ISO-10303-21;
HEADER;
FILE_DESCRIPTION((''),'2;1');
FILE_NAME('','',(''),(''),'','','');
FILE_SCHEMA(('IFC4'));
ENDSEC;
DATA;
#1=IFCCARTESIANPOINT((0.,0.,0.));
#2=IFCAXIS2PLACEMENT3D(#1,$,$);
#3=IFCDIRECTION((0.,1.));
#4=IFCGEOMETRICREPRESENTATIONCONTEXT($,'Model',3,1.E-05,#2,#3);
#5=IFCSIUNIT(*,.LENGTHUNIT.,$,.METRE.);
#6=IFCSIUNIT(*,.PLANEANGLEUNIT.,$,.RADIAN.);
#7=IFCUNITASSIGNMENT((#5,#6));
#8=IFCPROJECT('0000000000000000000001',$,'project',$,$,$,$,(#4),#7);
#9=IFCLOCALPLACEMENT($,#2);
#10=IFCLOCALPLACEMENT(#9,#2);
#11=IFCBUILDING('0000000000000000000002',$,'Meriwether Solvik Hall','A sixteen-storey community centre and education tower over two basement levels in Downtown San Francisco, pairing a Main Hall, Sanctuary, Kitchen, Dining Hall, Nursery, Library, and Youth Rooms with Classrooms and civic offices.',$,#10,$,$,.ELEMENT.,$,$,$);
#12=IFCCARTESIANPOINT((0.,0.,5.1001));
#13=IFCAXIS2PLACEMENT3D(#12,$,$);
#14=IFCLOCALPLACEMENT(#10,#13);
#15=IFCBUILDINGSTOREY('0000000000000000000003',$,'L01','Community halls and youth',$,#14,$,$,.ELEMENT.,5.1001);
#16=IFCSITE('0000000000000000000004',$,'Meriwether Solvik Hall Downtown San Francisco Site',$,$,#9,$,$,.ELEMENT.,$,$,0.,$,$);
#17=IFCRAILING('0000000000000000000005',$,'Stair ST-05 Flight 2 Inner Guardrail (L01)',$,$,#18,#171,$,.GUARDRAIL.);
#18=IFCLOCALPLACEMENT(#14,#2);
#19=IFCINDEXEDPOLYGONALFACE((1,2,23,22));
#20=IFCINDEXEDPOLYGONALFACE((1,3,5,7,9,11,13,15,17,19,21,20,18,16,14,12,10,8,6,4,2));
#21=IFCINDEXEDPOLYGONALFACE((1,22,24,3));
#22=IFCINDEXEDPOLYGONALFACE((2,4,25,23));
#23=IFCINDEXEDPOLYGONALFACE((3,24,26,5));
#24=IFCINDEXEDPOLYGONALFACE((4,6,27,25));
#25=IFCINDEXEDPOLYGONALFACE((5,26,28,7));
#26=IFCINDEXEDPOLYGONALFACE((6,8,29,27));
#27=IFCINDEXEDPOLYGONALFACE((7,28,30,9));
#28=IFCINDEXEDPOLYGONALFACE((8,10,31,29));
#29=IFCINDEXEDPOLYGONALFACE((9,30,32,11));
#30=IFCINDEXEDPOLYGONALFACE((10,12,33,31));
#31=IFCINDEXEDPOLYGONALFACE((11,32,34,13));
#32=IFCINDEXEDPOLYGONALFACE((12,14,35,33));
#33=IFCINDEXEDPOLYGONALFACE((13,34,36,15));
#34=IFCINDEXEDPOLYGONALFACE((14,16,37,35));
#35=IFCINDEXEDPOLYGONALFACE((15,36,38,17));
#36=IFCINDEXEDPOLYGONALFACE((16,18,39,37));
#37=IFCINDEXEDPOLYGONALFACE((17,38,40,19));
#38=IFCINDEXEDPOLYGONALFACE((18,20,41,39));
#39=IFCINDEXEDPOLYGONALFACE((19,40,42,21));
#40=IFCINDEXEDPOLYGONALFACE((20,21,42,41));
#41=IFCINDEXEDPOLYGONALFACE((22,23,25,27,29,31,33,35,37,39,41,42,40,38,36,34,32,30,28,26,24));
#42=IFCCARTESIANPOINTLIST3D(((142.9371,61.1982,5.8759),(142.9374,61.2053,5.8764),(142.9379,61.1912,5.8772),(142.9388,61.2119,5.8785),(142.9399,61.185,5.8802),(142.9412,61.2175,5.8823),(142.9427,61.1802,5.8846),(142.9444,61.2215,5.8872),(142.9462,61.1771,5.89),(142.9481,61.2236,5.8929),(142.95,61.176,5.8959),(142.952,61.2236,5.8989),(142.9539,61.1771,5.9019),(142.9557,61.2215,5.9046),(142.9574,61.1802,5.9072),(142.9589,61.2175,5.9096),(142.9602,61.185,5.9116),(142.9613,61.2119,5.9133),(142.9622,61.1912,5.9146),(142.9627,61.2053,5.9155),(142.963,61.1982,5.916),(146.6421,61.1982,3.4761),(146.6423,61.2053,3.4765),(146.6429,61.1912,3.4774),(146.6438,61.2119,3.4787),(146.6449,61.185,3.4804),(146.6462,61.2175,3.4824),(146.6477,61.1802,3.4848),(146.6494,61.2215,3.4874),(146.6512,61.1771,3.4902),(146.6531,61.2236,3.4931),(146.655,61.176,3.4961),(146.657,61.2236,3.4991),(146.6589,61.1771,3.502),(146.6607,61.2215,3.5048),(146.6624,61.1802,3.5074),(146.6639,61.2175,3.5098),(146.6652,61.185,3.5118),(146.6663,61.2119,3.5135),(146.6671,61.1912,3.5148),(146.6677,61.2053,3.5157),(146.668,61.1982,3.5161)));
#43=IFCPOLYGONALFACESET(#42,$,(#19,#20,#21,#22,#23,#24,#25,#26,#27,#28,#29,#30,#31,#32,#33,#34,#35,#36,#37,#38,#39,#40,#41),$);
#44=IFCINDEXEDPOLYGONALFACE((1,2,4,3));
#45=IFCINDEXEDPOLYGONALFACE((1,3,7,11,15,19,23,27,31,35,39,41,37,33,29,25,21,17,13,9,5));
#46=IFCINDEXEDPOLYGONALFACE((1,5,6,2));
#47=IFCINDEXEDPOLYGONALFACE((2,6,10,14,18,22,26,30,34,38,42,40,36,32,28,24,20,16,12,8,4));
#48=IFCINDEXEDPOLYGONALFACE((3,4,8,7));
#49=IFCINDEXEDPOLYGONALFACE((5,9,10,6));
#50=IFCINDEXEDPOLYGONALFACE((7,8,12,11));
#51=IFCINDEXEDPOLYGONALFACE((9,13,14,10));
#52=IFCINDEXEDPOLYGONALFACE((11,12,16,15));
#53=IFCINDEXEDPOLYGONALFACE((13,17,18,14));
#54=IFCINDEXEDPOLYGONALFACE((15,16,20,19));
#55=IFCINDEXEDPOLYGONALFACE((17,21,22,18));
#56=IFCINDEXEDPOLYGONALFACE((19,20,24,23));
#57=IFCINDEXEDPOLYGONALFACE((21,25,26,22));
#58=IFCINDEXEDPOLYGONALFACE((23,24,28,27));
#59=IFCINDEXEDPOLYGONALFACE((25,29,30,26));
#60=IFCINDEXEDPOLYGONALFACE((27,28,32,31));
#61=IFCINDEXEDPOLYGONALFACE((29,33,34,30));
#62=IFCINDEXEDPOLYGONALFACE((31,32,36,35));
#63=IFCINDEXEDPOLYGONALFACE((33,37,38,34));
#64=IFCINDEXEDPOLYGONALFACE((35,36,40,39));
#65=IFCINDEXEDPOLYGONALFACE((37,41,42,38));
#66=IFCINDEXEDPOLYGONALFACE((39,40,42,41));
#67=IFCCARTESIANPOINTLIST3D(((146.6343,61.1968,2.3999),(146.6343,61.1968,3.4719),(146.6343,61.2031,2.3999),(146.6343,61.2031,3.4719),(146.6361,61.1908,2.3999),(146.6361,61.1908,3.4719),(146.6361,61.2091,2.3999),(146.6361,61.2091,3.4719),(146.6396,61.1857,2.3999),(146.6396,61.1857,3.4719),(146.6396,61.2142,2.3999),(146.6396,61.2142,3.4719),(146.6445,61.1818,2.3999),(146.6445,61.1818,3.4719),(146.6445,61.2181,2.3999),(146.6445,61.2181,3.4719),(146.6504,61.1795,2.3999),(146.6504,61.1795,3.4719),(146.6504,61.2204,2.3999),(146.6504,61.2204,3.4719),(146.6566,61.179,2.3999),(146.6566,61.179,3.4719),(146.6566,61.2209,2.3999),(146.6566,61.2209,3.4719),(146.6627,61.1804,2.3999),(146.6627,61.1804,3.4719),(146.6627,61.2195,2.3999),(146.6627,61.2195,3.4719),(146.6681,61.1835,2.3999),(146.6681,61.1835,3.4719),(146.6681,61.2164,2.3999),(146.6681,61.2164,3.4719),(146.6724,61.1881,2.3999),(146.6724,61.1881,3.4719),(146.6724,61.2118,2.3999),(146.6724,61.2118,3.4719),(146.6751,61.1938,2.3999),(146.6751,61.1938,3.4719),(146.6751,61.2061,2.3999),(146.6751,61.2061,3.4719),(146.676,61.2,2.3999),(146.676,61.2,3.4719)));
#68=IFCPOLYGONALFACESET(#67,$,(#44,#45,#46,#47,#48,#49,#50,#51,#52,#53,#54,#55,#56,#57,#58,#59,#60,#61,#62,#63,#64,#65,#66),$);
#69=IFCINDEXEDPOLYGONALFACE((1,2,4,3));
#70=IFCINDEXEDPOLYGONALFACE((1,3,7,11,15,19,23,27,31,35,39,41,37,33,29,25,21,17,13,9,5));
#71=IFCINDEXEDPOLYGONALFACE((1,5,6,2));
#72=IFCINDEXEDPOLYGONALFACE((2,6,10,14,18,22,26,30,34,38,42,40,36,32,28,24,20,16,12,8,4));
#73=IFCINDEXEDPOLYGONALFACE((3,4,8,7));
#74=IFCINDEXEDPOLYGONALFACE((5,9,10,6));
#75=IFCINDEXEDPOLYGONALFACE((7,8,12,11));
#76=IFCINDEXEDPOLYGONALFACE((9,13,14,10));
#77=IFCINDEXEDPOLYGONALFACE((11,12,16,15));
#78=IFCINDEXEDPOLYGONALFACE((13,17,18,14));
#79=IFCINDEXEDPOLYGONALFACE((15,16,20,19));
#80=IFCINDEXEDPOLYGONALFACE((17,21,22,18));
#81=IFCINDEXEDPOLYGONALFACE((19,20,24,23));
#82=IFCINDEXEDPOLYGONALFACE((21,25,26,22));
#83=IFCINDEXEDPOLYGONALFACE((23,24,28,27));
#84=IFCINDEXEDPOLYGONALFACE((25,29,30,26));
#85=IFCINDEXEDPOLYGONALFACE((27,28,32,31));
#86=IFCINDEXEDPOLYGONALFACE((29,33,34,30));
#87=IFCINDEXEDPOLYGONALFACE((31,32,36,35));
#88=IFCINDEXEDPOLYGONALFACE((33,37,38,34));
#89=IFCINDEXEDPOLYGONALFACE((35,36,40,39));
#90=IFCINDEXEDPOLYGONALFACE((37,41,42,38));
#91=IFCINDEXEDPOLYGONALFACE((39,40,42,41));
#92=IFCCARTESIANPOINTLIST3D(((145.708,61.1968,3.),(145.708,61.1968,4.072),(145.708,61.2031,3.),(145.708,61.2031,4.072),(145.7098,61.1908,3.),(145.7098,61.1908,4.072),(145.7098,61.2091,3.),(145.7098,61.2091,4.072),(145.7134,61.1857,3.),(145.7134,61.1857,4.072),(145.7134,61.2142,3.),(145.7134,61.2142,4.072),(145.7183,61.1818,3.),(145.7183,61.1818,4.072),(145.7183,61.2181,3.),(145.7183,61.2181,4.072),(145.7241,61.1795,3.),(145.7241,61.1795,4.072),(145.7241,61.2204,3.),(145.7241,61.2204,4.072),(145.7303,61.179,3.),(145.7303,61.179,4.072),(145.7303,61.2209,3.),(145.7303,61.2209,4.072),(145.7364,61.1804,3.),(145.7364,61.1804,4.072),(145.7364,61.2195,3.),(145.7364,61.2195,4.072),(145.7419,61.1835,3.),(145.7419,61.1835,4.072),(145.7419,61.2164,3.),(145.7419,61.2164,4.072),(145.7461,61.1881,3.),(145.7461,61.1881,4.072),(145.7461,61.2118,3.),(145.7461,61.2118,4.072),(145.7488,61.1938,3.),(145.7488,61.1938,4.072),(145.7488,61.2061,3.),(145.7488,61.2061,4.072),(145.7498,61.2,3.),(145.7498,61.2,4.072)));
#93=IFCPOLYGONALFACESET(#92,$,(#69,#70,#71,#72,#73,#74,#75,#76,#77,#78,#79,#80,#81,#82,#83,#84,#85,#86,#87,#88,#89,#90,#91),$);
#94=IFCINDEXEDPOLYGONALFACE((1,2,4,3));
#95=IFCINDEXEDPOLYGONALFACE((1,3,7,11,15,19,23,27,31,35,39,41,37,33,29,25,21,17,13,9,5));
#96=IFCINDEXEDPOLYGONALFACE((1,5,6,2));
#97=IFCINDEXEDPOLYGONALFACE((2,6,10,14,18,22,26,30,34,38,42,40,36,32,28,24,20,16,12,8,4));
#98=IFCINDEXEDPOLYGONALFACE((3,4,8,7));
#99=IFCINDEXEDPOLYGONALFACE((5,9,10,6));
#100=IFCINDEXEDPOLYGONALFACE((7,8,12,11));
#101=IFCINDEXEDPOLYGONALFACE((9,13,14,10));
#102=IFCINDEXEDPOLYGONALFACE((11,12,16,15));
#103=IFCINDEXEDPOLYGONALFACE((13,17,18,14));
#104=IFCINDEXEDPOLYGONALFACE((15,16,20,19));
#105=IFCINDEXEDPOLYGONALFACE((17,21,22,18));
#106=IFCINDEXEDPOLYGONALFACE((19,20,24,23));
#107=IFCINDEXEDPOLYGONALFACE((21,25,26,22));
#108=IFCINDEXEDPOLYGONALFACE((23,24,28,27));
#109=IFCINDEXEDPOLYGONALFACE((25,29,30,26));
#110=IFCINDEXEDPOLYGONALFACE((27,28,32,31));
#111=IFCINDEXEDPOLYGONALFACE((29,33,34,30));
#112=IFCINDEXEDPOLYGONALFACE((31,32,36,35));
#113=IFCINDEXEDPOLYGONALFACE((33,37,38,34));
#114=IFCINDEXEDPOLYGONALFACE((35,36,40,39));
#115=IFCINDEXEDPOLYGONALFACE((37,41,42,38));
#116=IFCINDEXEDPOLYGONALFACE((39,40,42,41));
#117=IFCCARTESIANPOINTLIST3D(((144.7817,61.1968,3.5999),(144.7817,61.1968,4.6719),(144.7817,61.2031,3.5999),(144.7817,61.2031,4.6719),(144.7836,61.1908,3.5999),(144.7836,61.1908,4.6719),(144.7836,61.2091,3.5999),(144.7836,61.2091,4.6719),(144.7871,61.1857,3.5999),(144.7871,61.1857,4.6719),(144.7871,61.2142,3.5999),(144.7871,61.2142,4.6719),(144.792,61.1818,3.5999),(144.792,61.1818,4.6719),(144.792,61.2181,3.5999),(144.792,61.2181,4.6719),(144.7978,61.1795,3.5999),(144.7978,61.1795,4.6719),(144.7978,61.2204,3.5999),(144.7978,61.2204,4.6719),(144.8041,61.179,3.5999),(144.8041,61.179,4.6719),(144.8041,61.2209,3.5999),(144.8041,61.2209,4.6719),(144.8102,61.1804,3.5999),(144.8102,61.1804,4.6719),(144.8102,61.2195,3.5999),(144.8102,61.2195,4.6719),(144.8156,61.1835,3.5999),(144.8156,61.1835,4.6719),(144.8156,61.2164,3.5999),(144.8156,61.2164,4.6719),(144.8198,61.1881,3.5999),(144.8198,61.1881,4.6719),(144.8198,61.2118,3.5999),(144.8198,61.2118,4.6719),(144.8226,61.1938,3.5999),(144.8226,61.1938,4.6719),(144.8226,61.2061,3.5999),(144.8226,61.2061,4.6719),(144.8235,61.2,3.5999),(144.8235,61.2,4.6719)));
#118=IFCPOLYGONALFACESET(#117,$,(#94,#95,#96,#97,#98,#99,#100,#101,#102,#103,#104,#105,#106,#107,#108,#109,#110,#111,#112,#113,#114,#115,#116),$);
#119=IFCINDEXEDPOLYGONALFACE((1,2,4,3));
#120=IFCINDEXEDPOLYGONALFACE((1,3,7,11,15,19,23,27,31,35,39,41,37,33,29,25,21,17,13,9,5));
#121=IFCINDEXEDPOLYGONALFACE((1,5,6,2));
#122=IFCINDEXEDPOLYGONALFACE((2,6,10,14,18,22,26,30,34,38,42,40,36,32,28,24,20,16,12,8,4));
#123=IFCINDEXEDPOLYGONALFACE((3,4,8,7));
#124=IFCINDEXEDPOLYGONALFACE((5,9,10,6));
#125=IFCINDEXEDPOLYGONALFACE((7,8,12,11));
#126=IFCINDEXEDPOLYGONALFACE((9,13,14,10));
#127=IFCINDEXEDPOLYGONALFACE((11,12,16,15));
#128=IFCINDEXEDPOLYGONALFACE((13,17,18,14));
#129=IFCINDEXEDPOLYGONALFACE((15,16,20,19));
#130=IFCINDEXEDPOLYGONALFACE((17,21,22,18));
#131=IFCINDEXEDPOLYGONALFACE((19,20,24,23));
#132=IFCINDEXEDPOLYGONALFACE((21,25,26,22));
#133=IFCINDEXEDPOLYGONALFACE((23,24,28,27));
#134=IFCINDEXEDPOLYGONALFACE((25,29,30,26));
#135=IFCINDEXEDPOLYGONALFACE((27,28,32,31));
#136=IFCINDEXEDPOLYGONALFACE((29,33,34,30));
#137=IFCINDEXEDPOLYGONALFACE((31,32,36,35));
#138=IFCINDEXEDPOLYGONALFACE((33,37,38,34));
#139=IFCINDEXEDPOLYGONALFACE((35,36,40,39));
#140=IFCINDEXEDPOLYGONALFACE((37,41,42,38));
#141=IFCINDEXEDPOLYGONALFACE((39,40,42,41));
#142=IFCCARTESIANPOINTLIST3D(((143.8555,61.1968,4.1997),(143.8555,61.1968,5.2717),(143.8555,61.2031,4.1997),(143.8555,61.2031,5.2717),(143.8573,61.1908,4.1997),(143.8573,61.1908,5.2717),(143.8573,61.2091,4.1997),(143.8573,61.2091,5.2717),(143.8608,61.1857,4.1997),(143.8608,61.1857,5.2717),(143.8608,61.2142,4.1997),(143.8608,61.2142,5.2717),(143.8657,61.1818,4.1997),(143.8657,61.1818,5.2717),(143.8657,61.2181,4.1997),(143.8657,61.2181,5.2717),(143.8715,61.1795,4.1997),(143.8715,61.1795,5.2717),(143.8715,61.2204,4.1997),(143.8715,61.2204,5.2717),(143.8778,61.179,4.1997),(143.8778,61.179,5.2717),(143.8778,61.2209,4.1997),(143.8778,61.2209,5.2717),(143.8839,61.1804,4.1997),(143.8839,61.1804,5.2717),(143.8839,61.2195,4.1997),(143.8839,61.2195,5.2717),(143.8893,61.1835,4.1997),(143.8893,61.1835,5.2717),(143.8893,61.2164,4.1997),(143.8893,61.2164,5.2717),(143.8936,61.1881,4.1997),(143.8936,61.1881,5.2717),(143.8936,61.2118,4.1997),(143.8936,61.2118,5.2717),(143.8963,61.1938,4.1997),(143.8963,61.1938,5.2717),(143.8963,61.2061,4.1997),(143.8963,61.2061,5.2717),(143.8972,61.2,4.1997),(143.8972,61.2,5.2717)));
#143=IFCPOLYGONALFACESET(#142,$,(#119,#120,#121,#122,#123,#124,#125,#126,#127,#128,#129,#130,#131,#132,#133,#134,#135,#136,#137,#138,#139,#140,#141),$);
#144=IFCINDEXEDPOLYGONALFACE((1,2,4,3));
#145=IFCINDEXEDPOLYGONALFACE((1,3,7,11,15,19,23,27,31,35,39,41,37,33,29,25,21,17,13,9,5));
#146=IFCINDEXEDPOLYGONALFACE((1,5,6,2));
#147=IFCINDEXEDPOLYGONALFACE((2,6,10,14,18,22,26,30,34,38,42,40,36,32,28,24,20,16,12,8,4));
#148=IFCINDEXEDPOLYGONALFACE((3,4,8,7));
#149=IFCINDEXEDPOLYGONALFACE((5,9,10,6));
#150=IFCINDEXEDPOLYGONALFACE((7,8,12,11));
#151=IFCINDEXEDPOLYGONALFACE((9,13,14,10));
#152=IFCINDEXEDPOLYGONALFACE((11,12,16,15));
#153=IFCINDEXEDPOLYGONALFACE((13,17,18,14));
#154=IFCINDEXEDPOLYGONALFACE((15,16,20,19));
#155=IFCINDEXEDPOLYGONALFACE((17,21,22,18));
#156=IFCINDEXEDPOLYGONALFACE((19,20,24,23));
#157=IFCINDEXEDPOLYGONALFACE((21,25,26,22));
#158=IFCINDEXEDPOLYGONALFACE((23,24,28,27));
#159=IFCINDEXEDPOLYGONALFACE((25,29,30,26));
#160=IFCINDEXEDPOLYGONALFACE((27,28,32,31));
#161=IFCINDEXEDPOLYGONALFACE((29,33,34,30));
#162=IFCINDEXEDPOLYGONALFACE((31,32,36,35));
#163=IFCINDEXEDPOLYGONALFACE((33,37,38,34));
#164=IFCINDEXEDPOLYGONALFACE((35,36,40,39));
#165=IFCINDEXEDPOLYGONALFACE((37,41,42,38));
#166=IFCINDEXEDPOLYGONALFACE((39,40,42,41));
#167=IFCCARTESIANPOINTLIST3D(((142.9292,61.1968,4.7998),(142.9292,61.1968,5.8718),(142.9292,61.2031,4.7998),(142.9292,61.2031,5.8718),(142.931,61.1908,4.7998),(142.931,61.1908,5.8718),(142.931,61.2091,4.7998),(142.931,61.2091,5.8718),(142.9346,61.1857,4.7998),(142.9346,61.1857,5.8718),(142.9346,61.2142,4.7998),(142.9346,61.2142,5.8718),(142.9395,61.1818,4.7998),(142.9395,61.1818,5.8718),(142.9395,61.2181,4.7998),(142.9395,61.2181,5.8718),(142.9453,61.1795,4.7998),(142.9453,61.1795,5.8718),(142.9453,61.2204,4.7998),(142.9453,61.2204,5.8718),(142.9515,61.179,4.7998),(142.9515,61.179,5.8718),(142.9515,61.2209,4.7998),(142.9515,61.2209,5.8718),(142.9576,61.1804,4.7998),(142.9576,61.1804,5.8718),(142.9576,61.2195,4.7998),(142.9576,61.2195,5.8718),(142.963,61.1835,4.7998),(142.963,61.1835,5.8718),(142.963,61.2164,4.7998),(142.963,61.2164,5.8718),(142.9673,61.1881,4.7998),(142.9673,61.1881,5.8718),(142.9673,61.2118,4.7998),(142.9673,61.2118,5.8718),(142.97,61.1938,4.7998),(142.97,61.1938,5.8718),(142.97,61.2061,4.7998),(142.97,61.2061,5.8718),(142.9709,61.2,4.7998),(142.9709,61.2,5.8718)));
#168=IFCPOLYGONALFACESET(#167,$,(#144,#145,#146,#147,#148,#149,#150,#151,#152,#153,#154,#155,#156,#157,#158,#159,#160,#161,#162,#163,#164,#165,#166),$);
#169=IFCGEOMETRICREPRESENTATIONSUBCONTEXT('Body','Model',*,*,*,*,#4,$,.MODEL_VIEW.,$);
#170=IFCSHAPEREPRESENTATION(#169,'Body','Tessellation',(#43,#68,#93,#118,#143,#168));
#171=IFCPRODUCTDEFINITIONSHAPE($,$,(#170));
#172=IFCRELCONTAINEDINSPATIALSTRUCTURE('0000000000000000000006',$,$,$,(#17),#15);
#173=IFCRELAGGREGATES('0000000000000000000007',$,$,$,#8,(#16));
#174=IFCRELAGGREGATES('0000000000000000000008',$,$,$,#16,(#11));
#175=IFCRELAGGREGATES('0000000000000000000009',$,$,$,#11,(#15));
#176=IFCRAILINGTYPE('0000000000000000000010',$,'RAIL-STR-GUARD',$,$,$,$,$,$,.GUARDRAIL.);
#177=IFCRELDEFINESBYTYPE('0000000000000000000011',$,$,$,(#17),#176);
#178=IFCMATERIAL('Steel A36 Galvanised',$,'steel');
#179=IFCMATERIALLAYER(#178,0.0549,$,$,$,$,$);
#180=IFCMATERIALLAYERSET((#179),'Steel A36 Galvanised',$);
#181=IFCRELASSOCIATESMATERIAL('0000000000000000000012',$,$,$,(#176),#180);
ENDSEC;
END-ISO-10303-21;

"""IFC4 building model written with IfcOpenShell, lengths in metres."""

from ifc_helpers import new_model, si_unit, direction, frame, origin, origin_2d, place, context, subcontext, project, spatial, circle, extrude, material, layer, layer_set, type_object, element, save


model = new_model("IFC4")

# Units and contexts
model_context = context("Model", 3, precision=1e-05, world=origin(), true_north=direction((0.0, 1.0)))
body_context = subcontext(model_context, "Body", "Model", "MODEL_VIEW")
ifc_project = project(units=[si_unit("LENGTHUNIT", "METRE"), si_unit("PLANEANGLEUNIT", "RADIAN")], contexts=[model_context])

# Site, building, storey
site_placement = place(None, origin())
site = spatial("IfcSite", under=ifc_project, at=site_placement, Name="Meriwether Solvik Hall Downtown San Francisco Site", CompositionType="ELEMENT", RefElevation=0.0)
building_placement = place(site_placement, origin())
building = spatial("IfcBuilding", under=site, at=building_placement, Name="Meriwether Solvik Hall", Description="A sixteen-storey community centre and education tower over two basement levels in Downtown San Francisco, pairing a Main Hall, Sanctuary, Kitchen, Dining Hall, Nursery, Library, and Youth Rooms with Classrooms and civic offices.", CompositionType="ELEMENT")
storey_placement = place(building_placement, frame((0.0, 0.0, 5.1001)))
storey = spatial("IfcBuildingStorey", under=building, at=storey_placement, Name="L01", Description="Community halls and youth", CompositionType="ELEMENT", Elevation=5.1001)

# Railing
ifc_material_1 = material(Name="Steel A36 Galvanised", Category="steel")
ifc_layer_1 = layer(ifc_material_1, 0.0549)
ifc_layer_set_1 = layer_set([ifc_layer_1], Name="Steel A36 Galvanised")
railing_type_1 = type_object("IfcRailingType", Name="RAIL-STR-GUARD", PredefinedType="GUARDRAIL", material=ifc_layer_set_1)
railing_1_placement = place(storey_placement, frame((146.655, 61.2, 2.3999)))
element("IfcRailing", 1, at=railing_1_placement, inside=storey, type_object=railing_type_1, Name="Stair ST-05 Flight 2 Inner Guardrail (L01)", PredefinedType="GUARDRAIL", context=body_context, shape_type="SweptSolid", body=[
    extrude(circle(Radius=0.0239, at=origin_2d()), frame((0.0, 0.0, 1.0962), z_axis=(-0.839312, 0.0, 0.54365), x_axis=(0.0, -1.0, 0.0)), (0.0, 0.0, 1.0), 4.4143),
    extrude(circle(Radius=0.021, at=origin_2d()), origin(), (0.0, 0.0, 1.0), 1.072),
    extrude(circle(Radius=0.021, at=origin_2d()), frame((-0.9263, 0.0, 0.6001)), (0.0, 0.0, 1.0), 1.072),
    extrude(circle(Radius=0.021, at=origin_2d()), frame((-1.8525, 0.0, 1.2)), (0.0, 0.0, 1.0), 1.072),
    extrude(circle(Radius=0.021, at=origin_2d()), frame((-2.7788, 0.0, 1.7998)), (0.0, 0.0, 1.0), 1.072),
    extrude(circle(Radius=0.021, at=origin_2d()), frame((-3.7051, 0.0, 2.3999)), (0.0, 0.0, 1.0), 1.072),
])

save(model, "model.ifc")
